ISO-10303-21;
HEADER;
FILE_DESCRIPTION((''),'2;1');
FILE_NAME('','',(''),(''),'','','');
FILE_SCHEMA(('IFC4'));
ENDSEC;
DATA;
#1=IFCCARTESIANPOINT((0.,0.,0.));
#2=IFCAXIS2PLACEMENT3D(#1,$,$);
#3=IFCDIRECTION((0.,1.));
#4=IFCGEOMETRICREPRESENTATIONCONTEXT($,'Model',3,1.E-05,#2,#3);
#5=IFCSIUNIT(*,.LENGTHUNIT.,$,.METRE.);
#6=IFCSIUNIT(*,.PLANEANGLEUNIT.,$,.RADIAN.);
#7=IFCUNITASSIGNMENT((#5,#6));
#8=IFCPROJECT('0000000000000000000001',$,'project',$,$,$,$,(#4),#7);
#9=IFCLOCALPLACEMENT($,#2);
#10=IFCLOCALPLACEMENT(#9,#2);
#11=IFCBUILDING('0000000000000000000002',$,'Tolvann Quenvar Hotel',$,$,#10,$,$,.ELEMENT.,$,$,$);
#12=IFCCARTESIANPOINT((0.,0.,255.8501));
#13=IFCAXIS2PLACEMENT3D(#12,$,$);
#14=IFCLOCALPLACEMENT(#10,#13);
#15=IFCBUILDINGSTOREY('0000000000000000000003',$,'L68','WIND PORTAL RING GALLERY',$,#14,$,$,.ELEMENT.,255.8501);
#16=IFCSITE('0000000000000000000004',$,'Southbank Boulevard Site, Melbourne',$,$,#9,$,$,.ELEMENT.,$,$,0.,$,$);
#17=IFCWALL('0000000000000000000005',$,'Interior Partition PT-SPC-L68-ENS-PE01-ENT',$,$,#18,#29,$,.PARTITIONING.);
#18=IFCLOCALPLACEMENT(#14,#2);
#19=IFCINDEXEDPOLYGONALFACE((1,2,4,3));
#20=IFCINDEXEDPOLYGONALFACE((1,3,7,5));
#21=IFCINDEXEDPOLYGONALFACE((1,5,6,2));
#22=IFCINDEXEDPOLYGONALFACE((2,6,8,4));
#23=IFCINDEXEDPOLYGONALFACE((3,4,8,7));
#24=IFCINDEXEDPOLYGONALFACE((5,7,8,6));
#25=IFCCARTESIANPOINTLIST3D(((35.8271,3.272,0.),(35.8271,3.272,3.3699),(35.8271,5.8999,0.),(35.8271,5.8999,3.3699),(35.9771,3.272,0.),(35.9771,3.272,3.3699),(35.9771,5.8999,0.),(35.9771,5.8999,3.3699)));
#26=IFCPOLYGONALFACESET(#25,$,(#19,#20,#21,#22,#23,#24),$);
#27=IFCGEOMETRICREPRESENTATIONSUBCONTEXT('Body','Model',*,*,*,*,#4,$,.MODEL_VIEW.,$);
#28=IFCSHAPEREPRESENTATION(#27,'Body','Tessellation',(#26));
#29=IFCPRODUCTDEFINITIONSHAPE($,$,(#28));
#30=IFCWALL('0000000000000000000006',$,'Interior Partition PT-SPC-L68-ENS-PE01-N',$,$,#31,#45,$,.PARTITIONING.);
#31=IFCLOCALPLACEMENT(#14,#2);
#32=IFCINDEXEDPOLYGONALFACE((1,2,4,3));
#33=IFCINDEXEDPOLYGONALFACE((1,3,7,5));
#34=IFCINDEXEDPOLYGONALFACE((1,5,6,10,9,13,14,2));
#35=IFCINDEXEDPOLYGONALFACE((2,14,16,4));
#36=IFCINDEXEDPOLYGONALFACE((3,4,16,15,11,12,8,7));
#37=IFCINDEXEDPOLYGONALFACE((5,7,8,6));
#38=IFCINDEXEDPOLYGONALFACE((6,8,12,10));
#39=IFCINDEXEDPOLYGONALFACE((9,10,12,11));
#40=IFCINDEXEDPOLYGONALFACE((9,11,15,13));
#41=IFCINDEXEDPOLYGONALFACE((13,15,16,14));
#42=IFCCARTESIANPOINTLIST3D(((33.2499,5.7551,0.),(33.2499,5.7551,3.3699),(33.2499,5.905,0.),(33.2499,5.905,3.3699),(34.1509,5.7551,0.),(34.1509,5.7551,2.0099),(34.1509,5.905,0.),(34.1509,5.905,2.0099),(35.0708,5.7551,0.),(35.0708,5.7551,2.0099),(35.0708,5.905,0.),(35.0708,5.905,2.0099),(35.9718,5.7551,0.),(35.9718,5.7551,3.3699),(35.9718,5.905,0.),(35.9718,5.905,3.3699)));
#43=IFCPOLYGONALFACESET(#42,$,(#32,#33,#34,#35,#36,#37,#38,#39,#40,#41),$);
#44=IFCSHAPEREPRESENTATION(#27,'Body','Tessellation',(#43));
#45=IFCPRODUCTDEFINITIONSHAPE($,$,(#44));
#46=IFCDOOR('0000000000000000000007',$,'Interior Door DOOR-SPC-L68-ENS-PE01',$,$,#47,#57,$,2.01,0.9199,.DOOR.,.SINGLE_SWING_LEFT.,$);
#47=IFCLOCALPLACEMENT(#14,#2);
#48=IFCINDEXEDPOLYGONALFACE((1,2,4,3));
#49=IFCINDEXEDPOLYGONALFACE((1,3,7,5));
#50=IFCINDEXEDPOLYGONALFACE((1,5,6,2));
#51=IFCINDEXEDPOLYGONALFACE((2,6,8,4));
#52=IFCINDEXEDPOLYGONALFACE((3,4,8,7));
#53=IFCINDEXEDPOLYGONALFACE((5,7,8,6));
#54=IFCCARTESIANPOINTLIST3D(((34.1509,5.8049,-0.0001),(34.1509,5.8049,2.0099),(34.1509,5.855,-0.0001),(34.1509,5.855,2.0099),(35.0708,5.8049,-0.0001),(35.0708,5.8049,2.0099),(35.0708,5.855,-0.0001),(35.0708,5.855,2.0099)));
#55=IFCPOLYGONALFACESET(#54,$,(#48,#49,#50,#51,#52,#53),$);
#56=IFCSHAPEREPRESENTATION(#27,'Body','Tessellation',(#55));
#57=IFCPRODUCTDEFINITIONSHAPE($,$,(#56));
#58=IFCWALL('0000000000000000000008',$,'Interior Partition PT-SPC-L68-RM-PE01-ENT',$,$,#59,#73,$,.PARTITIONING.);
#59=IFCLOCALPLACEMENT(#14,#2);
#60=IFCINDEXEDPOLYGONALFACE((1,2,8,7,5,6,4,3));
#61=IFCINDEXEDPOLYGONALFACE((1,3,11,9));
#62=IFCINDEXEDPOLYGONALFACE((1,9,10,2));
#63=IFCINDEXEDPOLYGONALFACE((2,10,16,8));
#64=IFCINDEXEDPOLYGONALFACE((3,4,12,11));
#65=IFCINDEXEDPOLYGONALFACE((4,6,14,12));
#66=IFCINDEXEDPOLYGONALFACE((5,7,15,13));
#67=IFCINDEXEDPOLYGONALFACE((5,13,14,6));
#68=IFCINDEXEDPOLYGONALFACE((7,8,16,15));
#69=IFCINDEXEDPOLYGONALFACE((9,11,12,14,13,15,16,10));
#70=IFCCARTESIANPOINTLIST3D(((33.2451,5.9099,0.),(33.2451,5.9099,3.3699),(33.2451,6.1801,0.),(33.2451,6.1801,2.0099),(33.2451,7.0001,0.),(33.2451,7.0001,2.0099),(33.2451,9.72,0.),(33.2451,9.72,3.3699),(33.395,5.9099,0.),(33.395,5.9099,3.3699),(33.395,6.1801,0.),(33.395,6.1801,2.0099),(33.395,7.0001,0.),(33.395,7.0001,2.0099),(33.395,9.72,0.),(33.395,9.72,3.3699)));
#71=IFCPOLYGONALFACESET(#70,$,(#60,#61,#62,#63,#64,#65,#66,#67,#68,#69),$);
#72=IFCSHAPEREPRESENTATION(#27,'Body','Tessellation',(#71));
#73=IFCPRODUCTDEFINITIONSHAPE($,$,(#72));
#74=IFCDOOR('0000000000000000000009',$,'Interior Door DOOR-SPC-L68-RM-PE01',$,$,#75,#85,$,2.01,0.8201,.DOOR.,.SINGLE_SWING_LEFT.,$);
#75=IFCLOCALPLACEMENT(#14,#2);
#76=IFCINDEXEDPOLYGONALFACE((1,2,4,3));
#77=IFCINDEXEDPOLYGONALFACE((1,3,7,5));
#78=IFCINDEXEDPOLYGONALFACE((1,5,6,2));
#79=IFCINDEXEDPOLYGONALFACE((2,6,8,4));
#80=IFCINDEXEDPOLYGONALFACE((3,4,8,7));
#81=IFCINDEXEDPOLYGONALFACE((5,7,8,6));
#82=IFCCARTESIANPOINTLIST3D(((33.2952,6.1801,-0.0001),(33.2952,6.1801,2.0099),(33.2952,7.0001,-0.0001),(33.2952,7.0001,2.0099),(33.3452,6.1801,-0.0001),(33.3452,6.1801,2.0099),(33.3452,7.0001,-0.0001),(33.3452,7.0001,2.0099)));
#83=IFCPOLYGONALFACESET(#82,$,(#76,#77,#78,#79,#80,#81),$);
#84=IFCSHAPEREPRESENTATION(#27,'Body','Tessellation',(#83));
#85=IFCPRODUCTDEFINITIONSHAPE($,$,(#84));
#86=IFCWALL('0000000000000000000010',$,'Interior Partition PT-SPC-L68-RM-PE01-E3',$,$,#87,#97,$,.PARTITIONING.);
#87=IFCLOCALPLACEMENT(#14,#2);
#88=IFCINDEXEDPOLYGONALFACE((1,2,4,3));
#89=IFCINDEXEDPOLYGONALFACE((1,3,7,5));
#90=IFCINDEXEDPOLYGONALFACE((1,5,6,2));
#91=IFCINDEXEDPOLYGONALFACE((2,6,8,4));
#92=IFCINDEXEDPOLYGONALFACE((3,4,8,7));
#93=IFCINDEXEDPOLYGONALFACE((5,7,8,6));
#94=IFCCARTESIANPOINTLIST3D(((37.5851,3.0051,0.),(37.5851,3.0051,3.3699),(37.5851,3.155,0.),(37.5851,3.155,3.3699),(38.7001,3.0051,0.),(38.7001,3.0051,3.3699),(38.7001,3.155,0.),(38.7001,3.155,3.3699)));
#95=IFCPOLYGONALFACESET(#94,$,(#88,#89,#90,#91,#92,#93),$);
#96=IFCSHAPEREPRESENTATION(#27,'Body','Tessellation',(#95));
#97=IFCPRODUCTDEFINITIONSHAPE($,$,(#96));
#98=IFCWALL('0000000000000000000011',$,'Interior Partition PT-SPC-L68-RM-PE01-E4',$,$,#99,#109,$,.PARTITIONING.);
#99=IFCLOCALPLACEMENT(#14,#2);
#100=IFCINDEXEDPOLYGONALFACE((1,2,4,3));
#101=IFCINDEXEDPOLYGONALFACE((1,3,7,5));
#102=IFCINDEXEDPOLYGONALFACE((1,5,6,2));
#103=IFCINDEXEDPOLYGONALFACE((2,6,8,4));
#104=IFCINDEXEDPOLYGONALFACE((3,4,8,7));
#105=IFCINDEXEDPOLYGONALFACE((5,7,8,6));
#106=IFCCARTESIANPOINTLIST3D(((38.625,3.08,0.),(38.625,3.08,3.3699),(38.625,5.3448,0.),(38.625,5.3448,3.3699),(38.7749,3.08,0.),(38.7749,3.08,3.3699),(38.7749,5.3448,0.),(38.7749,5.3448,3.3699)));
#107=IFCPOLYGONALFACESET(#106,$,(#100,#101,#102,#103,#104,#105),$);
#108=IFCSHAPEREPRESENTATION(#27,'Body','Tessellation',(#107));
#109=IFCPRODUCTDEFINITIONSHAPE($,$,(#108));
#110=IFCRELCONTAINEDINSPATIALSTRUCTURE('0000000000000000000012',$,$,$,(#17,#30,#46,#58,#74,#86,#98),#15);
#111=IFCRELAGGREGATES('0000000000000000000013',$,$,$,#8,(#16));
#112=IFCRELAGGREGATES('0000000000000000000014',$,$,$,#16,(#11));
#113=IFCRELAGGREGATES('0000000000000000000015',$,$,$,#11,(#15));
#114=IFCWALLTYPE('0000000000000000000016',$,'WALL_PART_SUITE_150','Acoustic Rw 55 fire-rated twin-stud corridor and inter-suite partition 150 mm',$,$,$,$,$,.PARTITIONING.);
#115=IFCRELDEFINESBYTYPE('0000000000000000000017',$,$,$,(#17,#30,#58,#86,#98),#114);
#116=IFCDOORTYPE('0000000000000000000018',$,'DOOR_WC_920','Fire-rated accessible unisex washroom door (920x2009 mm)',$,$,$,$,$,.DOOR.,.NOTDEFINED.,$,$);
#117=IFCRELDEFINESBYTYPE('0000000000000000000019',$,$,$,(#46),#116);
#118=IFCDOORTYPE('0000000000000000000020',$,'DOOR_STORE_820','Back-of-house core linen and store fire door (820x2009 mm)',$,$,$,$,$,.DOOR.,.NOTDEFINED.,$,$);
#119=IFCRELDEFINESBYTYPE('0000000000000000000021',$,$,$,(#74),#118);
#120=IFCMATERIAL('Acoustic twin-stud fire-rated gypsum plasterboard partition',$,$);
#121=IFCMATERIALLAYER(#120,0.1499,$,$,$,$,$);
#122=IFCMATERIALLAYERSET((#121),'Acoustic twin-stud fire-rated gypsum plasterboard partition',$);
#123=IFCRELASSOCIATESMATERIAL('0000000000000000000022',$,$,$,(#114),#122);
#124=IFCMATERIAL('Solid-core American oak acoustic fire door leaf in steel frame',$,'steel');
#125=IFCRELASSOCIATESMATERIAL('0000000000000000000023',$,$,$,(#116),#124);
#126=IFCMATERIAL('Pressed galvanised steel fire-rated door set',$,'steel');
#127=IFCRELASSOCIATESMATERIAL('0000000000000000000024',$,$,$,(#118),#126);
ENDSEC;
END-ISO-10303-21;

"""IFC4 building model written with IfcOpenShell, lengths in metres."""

from ifc_helpers import new_model, si_unit, direction, frame, frame_2d, origin, place, context, subcontext, project, spatial, rectangle, extrude, source, transform, mapped, material, layer, layer_set, type_object, type_shapes, element, fill, save


model = new_model("IFC4")

# Units and contexts
model_context = context("Model", 3, precision=1e-05, world=origin(), true_north=direction((0.0, 1.0)))
body_context = subcontext(model_context, "Body", "Model", "MODEL_VIEW")
ifc_project = project(units=[si_unit("LENGTHUNIT", "METRE"), si_unit("PLANEANGLEUNIT", "RADIAN")], contexts=[model_context])

# Site, building, storey
site_placement = place(None, origin())
site = spatial("IfcSite", under=ifc_project, at=site_placement, Name="Southbank Boulevard Site, Melbourne", CompositionType="ELEMENT", RefElevation=0.0)
building_placement = place(site_placement, origin())
building = spatial("IfcBuilding", under=site, at=building_placement, Name="Tolvann Quenvar Hotel", CompositionType="ELEMENT")
storey_placement = place(building_placement, frame((0.0, 0.0, 255.8501)))
storey = spatial("IfcBuildingStorey", under=building, at=storey_placement, Name="L68", Description="WIND PORTAL RING GALLERY", CompositionType="ELEMENT", Elevation=255.8501)

# Wall
ifc_material_1 = material(Name="Acoustic twin-stud fire-rated gypsum plasterboard partition")
ifc_layer_1 = layer(ifc_material_1, 0.1499)
ifc_layer_set_1 = layer_set([ifc_layer_1], Name="Acoustic twin-stud fire-rated gypsum plasterboard partition")
wall_type_1 = type_object("IfcWallType", Name="WALL_PART_SUITE_150", Description="Acoustic Rw 55 fire-rated twin-stud corridor and inter-suite partition 150 mm", PredefinedType="PARTITIONING", material=ifc_layer_set_1)
wall_1_placement = place(storey_placement, frame((35.9021, 3.272, 0.0), z_axis=(0.0, 0.0, 1.0), x_axis=(0.0, 1.0, 0.0)))
element("IfcWall", 1, at=wall_1_placement, inside=storey, type_object=wall_type_1, Name="Interior Partition PT-SPC-L68-ENS-PE01-ENT", PredefinedType="PARTITIONING", context=body_context, shape_type="SweptSolid", body=[
    extrude(rectangle(XDim=2.6279, YDim=0.1499, at=frame_2d((1.314, 0.0))), origin(), (0.0, 0.0, 1.0), 3.3699),
])

# Walls, openings, doors
wall_2_placement = place(storey_placement, frame((33.25, 5.8301, 0.0), z_axis=(0.0, 0.0, 1.0), x_axis=(1.0, 0.0, 0.0)))
wall_2 = element("IfcWall", 2, at=wall_2_placement, inside=storey, type_object=wall_type_1, Name="Interior Partition PT-SPC-L68-ENS-PE01-N", PredefinedType="PARTITIONING", context=body_context, shape_type="SweptSolid", body=[
    extrude(rectangle(XDim=2.7219, YDim=0.1499, at=frame_2d((1.3608, 0.0))), origin(), (0.0, 0.0, 1.0), 3.3699),
])
opening_1_placement = place(wall_2_placement, frame((0.9009, 0.0, 0.0)))
opening_1 = element("IfcOpeningElement", 3, at=opening_1_placement, cuts=wall_2, PredefinedType="OPENING", context=body_context, shape_type="SweptSolid", body=[
    extrude(rectangle(XDim=0.9199, YDim=2.01, at=frame_2d((0.46, 1.0049))), frame((0.0, 0.085, 0.0), z_axis=(0.0, -1.0, 0.0), x_axis=(1.0, 0.0, 0.0)), (0.0, 0.0, 1.0), 0.1699),
])
ifc_material_2 = material(Name="Solid-core American oak acoustic fire door leaf in steel frame", Category="steel")
door_type_1 = type_object("IfcDoorType", Name="DOOR_WC_920", Description="Fire-rated accessible unisex washroom door (920x2009 mm)", OperationType="NOTDEFINED", PredefinedType="DOOR", material=ifc_material_2)
shared_shape_1 = source(origin(), body_context, "Body", "SweptSolid", [
    extrude(rectangle(XDim=0.9199, YDim=2.01, at=frame_2d((0.46, 1.0049))), frame((0.0, 0.0249, 0.0), z_axis=(0.0, -1.0, 0.0), x_axis=(1.0, 0.0, 0.0)), (0.0, 0.0, 1.0), 0.05),
])
type_shapes(door_type_1, [shared_shape_1])
door_1_placement = place(opening_1_placement, origin())
door_1 = element("IfcDoor", 4, at=door_1_placement, inside=storey, type_object=door_type_1, Name="Interior Door DOOR-SPC-L68-ENS-PE01", OperationType="SINGLE_SWING_LEFT", OverallHeight=2.01, OverallWidth=0.9199, PredefinedType="DOOR", context=body_context, shape_type="MappedRepresentation", body=[
    mapped(shared_shape_1, transform((0.0, 0.0, 0.0), x_axis=(1.0, 0.0, 0.0), y_axis=(0.0, 1.0, 0.0), z_axis=(0.0, 0.0, 1.0), scale=1.0)),
])
fill(opening_1, door_1)
wall_3_placement = place(storey_placement, frame((33.3201, 5.9099, 0.0), z_axis=(0.0, 0.0, 1.0), x_axis=(0.0, 1.0, 0.0)))
wall_3 = element("IfcWall", 5, at=wall_3_placement, inside=storey, type_object=wall_type_1, Name="Interior Partition PT-SPC-L68-RM-PE01-ENT", PredefinedType="PARTITIONING", context=body_context, shape_type="SweptSolid", body=[
    extrude(rectangle(XDim=3.8101, YDim=0.1499, at=frame_2d((1.905, 0.0))), origin(), (0.0, 0.0, 1.0), 3.3699),
])
opening_2_placement = place(wall_3_placement, frame((0.27, 0.0, 0.0)))
opening_2 = element("IfcOpeningElement", 6, at=opening_2_placement, cuts=wall_3, PredefinedType="OPENING", context=body_context, shape_type="SweptSolid", body=[
    extrude(rectangle(XDim=0.8201, YDim=2.01, at=frame_2d((0.4102, 1.0049))), frame((0.0, 0.085, 0.0), z_axis=(0.0, -1.0, 0.0), x_axis=(1.0, 0.0, 0.0)), (0.0, 0.0, 1.0), 0.1699),
])
ifc_material_3 = material(Name="Pressed galvanised steel fire-rated door set", Category="steel")
door_type_2 = type_object("IfcDoorType", Name="DOOR_STORE_820", Description="Back-of-house core linen and store fire door (820x2009 mm)", OperationType="NOTDEFINED", PredefinedType="DOOR", material=ifc_material_3)
shared_shape_2 = source(origin(), body_context, "Body", "SweptSolid", [
    extrude(rectangle(XDim=0.8201, YDim=2.01, at=frame_2d((0.4102, 1.0049))), frame((0.0, 0.0249, 0.0), z_axis=(0.0, -1.0, 0.0), x_axis=(1.0, 0.0, 0.0)), (0.0, 0.0, 1.0), 0.05),
])
type_shapes(door_type_2, [shared_shape_2])
door_2_placement = place(opening_2_placement, origin())
door_2 = element("IfcDoor", 7, at=door_2_placement, inside=storey, type_object=door_type_2, Name="Interior Door DOOR-SPC-L68-RM-PE01", OperationType="SINGLE_SWING_LEFT", OverallHeight=2.01, OverallWidth=0.8201, PredefinedType="DOOR", context=body_context, shape_type="MappedRepresentation", body=[
    mapped(shared_shape_2, transform((0.0, 0.0, 0.0), x_axis=(1.0, 0.0, 0.0), y_axis=(0.0, 1.0, 0.0), z_axis=(0.0, 0.0, 1.0), scale=1.0)),
])
fill(opening_2, door_2)

# Walls
wall_4_placement = place(storey_placement, frame((37.585, 3.0801, 0.0), z_axis=(0.0, 0.0, 1.0), x_axis=(1.0, 0.0, 0.0)))
element("IfcWall", 8, at=wall_4_placement, inside=storey, type_object=wall_type_1, Name="Interior Partition PT-SPC-L68-RM-PE01-E3", PredefinedType="PARTITIONING", context=body_context, shape_type="SweptSolid", body=[
    extrude(rectangle(XDim=1.115, YDim=0.1499, at=frame_2d((0.5576, 0.0))), origin(), (0.0, 0.0, 1.0), 3.3699),
])
wall_5_placement = place(storey_placement, frame((38.7, 3.0801, 0.0), z_axis=(0.0, 0.0, 1.0), x_axis=(0.0, 1.0, 0.0)))
element("IfcWall", 9, at=wall_5_placement, inside=storey, type_object=wall_type_1, Name="Interior Partition PT-SPC-L68-RM-PE01-E4", PredefinedType="PARTITIONING", context=body_context, shape_type="SweptSolid", body=[
    extrude(rectangle(XDim=2.2649, YDim=0.1499, at=frame_2d((1.1323, 0.0))), origin(), (0.0, 0.0, 1.0), 3.3699),
])

save(model, "model.ifc")
